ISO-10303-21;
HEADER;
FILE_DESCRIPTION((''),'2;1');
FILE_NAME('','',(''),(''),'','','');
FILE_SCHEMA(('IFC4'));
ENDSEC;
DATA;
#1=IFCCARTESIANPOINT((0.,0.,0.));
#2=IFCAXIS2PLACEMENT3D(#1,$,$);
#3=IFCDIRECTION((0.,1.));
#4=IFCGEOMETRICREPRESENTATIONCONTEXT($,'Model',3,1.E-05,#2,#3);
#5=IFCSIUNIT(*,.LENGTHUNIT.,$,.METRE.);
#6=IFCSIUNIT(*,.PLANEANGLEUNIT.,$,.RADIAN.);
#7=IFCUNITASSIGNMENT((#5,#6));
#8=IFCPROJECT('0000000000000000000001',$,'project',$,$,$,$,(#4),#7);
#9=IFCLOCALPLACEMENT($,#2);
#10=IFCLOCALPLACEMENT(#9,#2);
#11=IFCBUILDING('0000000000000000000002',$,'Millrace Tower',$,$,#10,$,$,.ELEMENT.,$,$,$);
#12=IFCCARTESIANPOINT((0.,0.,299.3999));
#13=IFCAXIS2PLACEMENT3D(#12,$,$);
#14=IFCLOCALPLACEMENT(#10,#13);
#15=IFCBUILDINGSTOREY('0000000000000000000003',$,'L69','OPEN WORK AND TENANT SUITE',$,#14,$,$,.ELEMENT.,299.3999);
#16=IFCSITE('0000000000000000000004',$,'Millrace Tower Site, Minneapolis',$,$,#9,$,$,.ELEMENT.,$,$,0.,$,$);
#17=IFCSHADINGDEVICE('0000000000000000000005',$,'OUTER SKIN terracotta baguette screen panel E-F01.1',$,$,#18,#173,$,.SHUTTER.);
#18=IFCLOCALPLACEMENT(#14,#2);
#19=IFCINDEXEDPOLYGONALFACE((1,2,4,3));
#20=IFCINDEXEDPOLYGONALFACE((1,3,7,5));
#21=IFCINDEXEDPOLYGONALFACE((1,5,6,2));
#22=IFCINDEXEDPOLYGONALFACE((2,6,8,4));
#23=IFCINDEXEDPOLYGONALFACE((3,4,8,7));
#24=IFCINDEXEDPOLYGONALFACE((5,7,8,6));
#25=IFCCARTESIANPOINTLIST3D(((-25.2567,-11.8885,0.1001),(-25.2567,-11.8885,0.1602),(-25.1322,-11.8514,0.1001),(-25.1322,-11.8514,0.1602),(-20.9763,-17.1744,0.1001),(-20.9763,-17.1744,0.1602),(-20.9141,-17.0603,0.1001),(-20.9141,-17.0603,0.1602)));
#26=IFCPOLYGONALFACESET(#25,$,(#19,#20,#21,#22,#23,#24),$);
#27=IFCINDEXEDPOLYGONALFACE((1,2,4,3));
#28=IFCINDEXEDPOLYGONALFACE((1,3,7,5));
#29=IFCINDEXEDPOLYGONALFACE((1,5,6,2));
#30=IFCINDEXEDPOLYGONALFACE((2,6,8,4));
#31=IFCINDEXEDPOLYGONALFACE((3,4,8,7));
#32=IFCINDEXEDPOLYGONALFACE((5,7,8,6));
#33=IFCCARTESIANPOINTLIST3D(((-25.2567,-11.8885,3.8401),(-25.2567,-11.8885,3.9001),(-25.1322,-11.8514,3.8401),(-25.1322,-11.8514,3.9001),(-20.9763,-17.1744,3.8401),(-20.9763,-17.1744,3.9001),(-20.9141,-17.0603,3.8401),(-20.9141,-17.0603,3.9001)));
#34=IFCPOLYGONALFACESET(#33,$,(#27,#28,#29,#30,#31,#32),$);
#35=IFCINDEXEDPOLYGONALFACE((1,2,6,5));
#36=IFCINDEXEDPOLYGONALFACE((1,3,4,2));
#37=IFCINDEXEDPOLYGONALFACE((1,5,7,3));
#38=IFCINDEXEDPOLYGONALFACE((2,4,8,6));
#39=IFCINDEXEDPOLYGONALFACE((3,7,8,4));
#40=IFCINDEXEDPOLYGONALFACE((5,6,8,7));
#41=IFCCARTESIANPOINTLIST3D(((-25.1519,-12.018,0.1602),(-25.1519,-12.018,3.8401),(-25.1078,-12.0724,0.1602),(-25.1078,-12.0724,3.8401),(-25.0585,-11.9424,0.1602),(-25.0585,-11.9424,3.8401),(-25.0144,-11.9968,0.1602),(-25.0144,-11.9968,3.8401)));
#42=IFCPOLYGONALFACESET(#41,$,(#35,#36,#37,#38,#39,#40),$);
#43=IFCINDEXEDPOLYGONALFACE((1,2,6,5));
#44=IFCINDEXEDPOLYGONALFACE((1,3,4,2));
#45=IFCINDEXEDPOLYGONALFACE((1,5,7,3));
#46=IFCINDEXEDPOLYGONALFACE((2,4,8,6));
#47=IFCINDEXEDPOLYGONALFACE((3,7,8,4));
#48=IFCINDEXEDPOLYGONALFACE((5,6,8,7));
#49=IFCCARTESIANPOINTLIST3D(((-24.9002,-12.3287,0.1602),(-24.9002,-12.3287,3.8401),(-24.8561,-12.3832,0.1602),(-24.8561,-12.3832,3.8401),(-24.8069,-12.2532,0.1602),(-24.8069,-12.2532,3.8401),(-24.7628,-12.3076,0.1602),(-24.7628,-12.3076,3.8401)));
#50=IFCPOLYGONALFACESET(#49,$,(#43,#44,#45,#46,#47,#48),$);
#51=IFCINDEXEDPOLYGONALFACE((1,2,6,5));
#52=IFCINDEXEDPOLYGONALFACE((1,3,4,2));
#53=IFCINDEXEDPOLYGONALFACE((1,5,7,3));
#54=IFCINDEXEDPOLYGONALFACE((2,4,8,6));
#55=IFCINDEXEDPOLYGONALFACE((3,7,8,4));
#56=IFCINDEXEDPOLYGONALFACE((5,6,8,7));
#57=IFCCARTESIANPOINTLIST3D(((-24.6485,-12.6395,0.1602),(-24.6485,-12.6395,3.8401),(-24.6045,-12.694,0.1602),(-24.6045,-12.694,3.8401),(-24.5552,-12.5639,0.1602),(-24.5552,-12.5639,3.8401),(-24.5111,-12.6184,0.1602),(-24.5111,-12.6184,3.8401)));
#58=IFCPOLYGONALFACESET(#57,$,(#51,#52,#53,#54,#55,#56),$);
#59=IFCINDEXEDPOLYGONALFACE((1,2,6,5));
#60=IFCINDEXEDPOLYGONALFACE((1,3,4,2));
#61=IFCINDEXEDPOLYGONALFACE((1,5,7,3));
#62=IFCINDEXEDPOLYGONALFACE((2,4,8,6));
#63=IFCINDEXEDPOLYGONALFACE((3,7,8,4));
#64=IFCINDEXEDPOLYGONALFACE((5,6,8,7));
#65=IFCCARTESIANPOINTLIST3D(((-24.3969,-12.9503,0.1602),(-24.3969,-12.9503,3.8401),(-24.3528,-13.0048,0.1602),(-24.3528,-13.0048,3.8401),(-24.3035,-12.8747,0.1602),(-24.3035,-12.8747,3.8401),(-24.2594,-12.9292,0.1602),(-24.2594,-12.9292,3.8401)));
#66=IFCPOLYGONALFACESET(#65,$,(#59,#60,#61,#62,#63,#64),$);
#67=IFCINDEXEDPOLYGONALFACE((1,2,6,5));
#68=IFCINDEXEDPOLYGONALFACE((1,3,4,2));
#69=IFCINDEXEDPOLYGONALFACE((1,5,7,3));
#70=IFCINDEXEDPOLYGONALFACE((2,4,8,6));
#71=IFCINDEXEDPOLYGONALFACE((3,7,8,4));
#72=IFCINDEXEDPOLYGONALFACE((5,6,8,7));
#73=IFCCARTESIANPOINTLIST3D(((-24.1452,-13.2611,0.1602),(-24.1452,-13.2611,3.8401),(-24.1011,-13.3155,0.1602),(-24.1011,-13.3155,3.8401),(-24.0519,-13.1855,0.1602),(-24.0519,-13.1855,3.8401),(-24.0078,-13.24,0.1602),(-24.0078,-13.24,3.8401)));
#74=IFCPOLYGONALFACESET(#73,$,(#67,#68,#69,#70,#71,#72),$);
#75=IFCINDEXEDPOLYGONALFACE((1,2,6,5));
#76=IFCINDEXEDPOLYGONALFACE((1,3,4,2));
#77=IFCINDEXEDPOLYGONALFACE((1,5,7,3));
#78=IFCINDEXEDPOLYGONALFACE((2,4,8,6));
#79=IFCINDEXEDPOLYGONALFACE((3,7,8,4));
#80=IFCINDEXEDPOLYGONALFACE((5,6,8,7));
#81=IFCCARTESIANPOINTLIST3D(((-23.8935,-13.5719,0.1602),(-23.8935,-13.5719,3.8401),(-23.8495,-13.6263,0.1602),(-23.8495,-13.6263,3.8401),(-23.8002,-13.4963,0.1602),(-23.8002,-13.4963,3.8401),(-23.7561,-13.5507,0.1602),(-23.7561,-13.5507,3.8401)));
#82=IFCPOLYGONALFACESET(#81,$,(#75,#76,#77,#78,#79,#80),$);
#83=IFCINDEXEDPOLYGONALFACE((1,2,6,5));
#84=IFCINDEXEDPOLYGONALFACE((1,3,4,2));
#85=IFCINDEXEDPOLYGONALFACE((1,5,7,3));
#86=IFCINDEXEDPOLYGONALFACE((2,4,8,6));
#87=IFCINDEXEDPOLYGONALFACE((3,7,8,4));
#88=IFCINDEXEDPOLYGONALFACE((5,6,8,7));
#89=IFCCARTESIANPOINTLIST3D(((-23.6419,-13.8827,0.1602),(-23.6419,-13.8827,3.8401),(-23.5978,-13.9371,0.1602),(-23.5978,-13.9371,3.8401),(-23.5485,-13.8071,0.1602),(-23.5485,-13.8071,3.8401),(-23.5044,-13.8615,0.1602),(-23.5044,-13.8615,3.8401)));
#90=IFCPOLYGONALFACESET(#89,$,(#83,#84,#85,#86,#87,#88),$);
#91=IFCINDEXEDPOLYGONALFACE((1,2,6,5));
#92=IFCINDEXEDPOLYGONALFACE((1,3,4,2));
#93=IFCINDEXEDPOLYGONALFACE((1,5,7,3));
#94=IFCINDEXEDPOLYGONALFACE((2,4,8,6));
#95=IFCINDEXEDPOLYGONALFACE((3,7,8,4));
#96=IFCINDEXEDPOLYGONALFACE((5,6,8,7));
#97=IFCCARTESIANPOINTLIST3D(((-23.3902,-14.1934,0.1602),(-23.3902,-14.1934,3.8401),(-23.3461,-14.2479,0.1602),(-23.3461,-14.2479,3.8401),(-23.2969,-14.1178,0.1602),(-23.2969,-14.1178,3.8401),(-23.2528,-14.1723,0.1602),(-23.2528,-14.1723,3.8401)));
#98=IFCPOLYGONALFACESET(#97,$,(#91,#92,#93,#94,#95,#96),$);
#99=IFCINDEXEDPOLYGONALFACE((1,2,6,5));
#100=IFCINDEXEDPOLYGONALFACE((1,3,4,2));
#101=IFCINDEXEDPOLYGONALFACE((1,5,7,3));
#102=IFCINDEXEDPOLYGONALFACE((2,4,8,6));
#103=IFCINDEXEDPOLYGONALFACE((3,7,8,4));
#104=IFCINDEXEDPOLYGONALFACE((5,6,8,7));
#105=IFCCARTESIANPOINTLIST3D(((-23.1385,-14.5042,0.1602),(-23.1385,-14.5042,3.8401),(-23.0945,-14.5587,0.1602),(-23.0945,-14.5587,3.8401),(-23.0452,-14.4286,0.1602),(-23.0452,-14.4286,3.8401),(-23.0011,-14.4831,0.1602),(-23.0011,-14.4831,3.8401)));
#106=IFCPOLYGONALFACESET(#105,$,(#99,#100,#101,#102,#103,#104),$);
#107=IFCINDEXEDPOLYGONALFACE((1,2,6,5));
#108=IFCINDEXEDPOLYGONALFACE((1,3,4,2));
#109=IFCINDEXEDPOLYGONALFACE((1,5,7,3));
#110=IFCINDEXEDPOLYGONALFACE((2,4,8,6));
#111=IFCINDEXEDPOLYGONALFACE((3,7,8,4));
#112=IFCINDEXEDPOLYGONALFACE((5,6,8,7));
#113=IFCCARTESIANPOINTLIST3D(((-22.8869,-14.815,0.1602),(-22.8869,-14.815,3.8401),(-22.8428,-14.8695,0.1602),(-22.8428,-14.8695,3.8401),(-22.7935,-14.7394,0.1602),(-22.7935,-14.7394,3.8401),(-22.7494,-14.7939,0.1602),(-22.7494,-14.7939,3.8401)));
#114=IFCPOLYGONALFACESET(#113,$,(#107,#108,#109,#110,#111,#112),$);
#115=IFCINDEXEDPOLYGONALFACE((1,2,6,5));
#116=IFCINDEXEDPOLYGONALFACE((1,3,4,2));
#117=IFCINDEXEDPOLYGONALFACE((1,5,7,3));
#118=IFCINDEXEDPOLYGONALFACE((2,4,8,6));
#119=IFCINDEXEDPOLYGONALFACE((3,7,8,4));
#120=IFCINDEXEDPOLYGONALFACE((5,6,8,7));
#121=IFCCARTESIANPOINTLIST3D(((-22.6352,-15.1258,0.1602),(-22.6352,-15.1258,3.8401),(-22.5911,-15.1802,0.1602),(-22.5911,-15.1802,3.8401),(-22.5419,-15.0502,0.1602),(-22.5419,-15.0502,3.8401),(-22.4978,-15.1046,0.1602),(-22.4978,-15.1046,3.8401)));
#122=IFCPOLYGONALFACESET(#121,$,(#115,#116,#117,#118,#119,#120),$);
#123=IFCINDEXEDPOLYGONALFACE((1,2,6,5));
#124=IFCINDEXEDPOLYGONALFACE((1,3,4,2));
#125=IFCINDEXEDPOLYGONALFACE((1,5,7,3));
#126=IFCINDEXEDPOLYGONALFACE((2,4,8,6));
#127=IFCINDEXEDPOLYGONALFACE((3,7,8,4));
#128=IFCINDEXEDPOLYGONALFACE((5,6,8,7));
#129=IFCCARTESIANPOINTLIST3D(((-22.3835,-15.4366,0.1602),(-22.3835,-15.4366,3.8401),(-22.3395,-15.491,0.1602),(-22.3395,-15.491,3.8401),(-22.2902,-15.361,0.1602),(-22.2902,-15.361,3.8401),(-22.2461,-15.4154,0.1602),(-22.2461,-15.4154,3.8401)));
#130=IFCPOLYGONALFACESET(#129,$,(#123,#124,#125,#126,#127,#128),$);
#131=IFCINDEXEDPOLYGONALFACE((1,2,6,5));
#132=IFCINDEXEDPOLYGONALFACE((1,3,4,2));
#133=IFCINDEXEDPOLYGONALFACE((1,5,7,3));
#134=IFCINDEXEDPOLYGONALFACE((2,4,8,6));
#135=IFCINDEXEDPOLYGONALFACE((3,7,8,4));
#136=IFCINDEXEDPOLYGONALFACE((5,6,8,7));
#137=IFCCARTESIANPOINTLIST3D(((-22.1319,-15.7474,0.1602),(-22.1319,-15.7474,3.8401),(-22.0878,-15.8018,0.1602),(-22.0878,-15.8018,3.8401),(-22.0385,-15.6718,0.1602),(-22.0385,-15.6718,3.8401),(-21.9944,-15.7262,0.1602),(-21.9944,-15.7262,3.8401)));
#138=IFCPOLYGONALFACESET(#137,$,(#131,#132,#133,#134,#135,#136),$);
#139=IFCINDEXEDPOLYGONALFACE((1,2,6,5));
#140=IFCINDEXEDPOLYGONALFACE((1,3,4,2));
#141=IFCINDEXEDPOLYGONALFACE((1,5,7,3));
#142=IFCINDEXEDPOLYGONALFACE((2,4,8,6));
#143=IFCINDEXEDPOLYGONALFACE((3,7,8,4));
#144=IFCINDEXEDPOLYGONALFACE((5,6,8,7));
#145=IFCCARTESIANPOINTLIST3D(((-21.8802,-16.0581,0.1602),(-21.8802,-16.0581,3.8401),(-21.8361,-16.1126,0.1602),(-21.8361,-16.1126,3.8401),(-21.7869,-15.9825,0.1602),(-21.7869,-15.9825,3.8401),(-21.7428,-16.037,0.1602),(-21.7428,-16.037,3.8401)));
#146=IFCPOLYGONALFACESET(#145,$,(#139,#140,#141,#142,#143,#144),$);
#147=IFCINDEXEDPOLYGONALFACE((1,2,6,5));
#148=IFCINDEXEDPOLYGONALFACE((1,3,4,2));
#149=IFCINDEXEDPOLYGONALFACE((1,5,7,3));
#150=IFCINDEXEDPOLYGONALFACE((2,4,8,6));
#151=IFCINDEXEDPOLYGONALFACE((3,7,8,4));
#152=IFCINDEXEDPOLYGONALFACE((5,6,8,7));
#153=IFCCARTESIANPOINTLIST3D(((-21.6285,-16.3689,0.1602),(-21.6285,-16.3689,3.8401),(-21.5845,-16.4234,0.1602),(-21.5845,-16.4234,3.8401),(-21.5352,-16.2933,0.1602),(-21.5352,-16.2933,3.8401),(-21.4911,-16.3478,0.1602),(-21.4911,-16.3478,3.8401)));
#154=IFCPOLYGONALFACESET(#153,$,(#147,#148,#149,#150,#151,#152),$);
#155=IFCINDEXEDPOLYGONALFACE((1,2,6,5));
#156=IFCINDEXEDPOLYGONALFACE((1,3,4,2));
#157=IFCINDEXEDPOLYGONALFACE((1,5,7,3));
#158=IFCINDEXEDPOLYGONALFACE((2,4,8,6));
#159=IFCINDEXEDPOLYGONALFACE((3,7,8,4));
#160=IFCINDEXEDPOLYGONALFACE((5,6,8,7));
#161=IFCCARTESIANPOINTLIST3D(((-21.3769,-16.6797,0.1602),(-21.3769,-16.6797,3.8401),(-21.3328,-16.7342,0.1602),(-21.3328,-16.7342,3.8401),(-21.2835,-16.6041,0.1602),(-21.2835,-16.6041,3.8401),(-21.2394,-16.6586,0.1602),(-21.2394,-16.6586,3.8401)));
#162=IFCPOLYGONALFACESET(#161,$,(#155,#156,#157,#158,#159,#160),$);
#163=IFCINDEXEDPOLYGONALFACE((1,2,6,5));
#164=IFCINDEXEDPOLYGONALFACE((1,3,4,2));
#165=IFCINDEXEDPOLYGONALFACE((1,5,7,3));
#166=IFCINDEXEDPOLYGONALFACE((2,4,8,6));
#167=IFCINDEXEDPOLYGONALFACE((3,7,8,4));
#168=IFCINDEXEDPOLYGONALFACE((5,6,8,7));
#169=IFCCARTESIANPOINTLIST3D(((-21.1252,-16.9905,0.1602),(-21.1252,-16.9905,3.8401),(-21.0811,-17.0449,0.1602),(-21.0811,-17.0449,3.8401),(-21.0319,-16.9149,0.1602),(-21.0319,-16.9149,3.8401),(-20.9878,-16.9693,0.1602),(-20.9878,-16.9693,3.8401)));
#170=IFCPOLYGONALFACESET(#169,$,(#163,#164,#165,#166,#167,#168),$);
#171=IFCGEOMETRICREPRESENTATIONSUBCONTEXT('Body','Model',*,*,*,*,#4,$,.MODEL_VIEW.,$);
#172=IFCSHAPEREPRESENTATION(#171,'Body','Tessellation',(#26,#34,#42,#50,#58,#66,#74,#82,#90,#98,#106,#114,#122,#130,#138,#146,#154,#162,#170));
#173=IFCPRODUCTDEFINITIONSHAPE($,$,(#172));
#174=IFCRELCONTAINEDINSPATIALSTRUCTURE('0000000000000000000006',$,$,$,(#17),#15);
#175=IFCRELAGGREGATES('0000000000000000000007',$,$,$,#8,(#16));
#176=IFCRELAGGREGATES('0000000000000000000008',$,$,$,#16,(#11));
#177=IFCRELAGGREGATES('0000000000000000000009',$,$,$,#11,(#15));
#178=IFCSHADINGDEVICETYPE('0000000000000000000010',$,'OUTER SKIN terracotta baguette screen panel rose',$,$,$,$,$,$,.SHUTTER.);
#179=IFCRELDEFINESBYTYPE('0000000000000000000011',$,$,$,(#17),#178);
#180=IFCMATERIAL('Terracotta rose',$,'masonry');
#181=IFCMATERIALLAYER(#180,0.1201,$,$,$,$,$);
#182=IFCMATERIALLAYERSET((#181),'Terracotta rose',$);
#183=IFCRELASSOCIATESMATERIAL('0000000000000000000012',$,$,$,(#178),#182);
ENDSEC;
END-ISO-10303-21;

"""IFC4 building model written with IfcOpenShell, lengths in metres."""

from ifc_helpers import new_model, entity, si_unit, direction, frame, frame_2d, origin, origin_2d, place, context, subcontext, project, spatial, rectangle, extrude, source, transform, mapped, material, layer, layer_set, type_object, element, save


model = new_model("IFC4")

# Units and contexts
model_context = context("Model", 3, precision=1e-05, world=origin(), true_north=direction((0.0, 1.0)))
body_context = subcontext(model_context, "Body", "Model", "MODEL_VIEW")
ifc_project = project(units=[si_unit("LENGTHUNIT", "METRE"), si_unit("PLANEANGLEUNIT", "RADIAN")], contexts=[model_context])

# Site, building, storey
site_placement = place(None, origin())
site = spatial("IfcSite", under=ifc_project, at=site_placement, Name="Millrace Tower Site, Minneapolis", CompositionType="ELEMENT", RefElevation=0.0)
building_placement = place(site_placement, origin())
building = spatial("IfcBuilding", under=site, at=building_placement, Name="Millrace Tower", CompositionType="ELEMENT")
storey_placement = place(building_placement, frame((0.0, 0.0, 299.3999)))
storey = spatial("IfcBuildingStorey", under=building, at=storey_placement, Name="L69", Description="OPEN WORK AND TENANT SUITE", CompositionType="ELEMENT", Elevation=299.3999)

# Shading device
ifc_material_1 = material(Name="Terracotta rose", Category="masonry")
ifc_layer_1 = layer(ifc_material_1, 0.1201)
ifc_layer_set_1 = layer_set([ifc_layer_1], Name="Terracotta rose")
shading_device_type = type_object("IfcShadingDeviceType", Name="OUTER SKIN terracotta baguette screen panel rose", PredefinedType="SHUTTER", material=ifc_layer_set_1)
cartesian_point_1 = entity("IfcCartesianPoint", [-3.3513, 0.0601])
shared_polyline_1 = entity("IfcPolyline", [cartesian_point_1, entity("IfcCartesianPoint", [3.3513, 0.0601]), entity("IfcCartesianPoint", [3.4009, -0.0601]), entity("IfcCartesianPoint", [-3.4009, -0.0601]), cartesian_point_1])
shared_shape_1 = source(origin(), body_context, "Body", "SweptSolid", [
    entity("IfcExtrudedAreaSolid", entity("IfcArbitraryClosedProfileDef", "AREA", None, shared_polyline_1), entity("IfcAxis2Placement3D", entity("IfcCartesianPoint", [0.0, 0.0, 0.0])), entity("IfcDirection", [0.0, 0.0, 1.0]), 0.0601),
    entity("IfcExtrudedAreaSolid", entity("IfcArbitraryClosedProfileDef", "AREA", None, shared_polyline_1), entity("IfcAxis2Placement3D", entity("IfcCartesianPoint", [0.0, 0.0, 3.74])), entity("IfcDirection", [0.0, 0.0, 1.0]), 0.0601),
    extrude(rectangle(XDim=0.0701, YDim=0.1201, at=frame_2d((-3.1992, 0.0))), frame((0.0, 0.0, 0.0601)), (0.0, 0.0, 1.0), 3.6799),
    extrude(rectangle(XDim=0.0701, YDim=0.1201, at=frame_2d((-2.7993, 0.0))), frame((0.0, 0.0, 0.0601)), (0.0, 0.0, 1.0), 3.6799),
    extrude(rectangle(XDim=0.0701, YDim=0.1201, at=frame_2d((-2.3994, 0.0))), frame((0.0, 0.0, 0.0601)), (0.0, 0.0, 1.0), 3.6799),
    extrude(rectangle(XDim=0.0701, YDim=0.1201, at=frame_2d((-1.9995, 0.0))), frame((0.0, 0.0, 0.0601)), (0.0, 0.0, 1.0), 3.6799),
    extrude(rectangle(XDim=0.0701, YDim=0.1201, at=frame_2d((-1.5996, 0.0))), frame((0.0, 0.0, 0.0601)), (0.0, 0.0, 1.0), 3.6799),
    extrude(rectangle(XDim=0.0701, YDim=0.1201, at=frame_2d((-1.1997, 0.0))), frame((0.0, 0.0, 0.0601)), (0.0, 0.0, 1.0), 3.6799),
    extrude(rectangle(XDim=0.0701, YDim=0.1201, at=frame_2d((-0.7998, 0.0))), frame((0.0, 0.0, 0.0601)), (0.0, 0.0, 1.0), 3.6799),
    extrude(rectangle(XDim=0.0701, YDim=0.1201, at=frame_2d((-0.3999, 0.0))), frame((0.0, 0.0, 0.0601)), (0.0, 0.0, 1.0), 3.6799),
    extrude(rectangle(XDim=0.0701, YDim=0.1201, at=origin_2d()), frame((0.0, 0.0, 0.0601)), (0.0, 0.0, 1.0), 3.6799),
    extrude(rectangle(XDim=0.0701, YDim=0.1201, at=frame_2d((0.3999, 0.0))), frame((0.0, 0.0, 0.0601)), (0.0, 0.0, 1.0), 3.6799),
    extrude(rectangle(XDim=0.0701, YDim=0.1201, at=frame_2d((0.7998, 0.0))), frame((0.0, 0.0, 0.0601)), (0.0, 0.0, 1.0), 3.6799),
    extrude(rectangle(XDim=0.0701, YDim=0.1201, at=frame_2d((1.1997, 0.0))), frame((0.0, 0.0, 0.0601)), (0.0, 0.0, 1.0), 3.6799),
    extrude(rectangle(XDim=0.0701, YDim=0.1201, at=frame_2d((1.5996, 0.0))), frame((0.0, 0.0, 0.0601)), (0.0, 0.0, 1.0), 3.6799),
    extrude(rectangle(XDim=0.0701, YDim=0.1201, at=frame_2d((1.9995, 0.0))), frame((0.0, 0.0, 0.0601)), (0.0, 0.0, 1.0), 3.6799),
    extrude(rectangle(XDim=0.0701, YDim=0.1201, at=frame_2d((2.3994, 0.0))), frame((0.0, 0.0, 0.0601)), (0.0, 0.0, 1.0), 3.6799),
    extrude(rectangle(XDim=0.0701, YDim=0.1201, at=frame_2d((2.7993, 0.0))), frame((0.0, 0.0, 0.0601)), (0.0, 0.0, 1.0), 3.6799),
    extrude(rectangle(XDim=0.0701, YDim=0.1201, at=frame_2d((3.1992, 0.0))), frame((0.0, 0.0, 0.0601)), (0.0, 0.0, 1.0), 3.6799),
])
shading_device_1_placement = place(storey_placement, frame((-23.0698, -14.4937, 0.1001), z_axis=(0.0, 0.0, 1.0), x_axis=(0.62932, -0.777146, 0.0)))
element("IfcShadingDevice", 1, at=shading_device_1_placement, inside=storey, type_object=shading_device_type, Name="OUTER SKIN terracotta baguette screen panel E-F01.1", PredefinedType="SHUTTER", context=body_context, shape_type="MappedRepresentation", body=[
    mapped(shared_shape_1, transform((0.0, 0.0, 0.0), scale=1.0)),
])

save(model, "model.ifc")
